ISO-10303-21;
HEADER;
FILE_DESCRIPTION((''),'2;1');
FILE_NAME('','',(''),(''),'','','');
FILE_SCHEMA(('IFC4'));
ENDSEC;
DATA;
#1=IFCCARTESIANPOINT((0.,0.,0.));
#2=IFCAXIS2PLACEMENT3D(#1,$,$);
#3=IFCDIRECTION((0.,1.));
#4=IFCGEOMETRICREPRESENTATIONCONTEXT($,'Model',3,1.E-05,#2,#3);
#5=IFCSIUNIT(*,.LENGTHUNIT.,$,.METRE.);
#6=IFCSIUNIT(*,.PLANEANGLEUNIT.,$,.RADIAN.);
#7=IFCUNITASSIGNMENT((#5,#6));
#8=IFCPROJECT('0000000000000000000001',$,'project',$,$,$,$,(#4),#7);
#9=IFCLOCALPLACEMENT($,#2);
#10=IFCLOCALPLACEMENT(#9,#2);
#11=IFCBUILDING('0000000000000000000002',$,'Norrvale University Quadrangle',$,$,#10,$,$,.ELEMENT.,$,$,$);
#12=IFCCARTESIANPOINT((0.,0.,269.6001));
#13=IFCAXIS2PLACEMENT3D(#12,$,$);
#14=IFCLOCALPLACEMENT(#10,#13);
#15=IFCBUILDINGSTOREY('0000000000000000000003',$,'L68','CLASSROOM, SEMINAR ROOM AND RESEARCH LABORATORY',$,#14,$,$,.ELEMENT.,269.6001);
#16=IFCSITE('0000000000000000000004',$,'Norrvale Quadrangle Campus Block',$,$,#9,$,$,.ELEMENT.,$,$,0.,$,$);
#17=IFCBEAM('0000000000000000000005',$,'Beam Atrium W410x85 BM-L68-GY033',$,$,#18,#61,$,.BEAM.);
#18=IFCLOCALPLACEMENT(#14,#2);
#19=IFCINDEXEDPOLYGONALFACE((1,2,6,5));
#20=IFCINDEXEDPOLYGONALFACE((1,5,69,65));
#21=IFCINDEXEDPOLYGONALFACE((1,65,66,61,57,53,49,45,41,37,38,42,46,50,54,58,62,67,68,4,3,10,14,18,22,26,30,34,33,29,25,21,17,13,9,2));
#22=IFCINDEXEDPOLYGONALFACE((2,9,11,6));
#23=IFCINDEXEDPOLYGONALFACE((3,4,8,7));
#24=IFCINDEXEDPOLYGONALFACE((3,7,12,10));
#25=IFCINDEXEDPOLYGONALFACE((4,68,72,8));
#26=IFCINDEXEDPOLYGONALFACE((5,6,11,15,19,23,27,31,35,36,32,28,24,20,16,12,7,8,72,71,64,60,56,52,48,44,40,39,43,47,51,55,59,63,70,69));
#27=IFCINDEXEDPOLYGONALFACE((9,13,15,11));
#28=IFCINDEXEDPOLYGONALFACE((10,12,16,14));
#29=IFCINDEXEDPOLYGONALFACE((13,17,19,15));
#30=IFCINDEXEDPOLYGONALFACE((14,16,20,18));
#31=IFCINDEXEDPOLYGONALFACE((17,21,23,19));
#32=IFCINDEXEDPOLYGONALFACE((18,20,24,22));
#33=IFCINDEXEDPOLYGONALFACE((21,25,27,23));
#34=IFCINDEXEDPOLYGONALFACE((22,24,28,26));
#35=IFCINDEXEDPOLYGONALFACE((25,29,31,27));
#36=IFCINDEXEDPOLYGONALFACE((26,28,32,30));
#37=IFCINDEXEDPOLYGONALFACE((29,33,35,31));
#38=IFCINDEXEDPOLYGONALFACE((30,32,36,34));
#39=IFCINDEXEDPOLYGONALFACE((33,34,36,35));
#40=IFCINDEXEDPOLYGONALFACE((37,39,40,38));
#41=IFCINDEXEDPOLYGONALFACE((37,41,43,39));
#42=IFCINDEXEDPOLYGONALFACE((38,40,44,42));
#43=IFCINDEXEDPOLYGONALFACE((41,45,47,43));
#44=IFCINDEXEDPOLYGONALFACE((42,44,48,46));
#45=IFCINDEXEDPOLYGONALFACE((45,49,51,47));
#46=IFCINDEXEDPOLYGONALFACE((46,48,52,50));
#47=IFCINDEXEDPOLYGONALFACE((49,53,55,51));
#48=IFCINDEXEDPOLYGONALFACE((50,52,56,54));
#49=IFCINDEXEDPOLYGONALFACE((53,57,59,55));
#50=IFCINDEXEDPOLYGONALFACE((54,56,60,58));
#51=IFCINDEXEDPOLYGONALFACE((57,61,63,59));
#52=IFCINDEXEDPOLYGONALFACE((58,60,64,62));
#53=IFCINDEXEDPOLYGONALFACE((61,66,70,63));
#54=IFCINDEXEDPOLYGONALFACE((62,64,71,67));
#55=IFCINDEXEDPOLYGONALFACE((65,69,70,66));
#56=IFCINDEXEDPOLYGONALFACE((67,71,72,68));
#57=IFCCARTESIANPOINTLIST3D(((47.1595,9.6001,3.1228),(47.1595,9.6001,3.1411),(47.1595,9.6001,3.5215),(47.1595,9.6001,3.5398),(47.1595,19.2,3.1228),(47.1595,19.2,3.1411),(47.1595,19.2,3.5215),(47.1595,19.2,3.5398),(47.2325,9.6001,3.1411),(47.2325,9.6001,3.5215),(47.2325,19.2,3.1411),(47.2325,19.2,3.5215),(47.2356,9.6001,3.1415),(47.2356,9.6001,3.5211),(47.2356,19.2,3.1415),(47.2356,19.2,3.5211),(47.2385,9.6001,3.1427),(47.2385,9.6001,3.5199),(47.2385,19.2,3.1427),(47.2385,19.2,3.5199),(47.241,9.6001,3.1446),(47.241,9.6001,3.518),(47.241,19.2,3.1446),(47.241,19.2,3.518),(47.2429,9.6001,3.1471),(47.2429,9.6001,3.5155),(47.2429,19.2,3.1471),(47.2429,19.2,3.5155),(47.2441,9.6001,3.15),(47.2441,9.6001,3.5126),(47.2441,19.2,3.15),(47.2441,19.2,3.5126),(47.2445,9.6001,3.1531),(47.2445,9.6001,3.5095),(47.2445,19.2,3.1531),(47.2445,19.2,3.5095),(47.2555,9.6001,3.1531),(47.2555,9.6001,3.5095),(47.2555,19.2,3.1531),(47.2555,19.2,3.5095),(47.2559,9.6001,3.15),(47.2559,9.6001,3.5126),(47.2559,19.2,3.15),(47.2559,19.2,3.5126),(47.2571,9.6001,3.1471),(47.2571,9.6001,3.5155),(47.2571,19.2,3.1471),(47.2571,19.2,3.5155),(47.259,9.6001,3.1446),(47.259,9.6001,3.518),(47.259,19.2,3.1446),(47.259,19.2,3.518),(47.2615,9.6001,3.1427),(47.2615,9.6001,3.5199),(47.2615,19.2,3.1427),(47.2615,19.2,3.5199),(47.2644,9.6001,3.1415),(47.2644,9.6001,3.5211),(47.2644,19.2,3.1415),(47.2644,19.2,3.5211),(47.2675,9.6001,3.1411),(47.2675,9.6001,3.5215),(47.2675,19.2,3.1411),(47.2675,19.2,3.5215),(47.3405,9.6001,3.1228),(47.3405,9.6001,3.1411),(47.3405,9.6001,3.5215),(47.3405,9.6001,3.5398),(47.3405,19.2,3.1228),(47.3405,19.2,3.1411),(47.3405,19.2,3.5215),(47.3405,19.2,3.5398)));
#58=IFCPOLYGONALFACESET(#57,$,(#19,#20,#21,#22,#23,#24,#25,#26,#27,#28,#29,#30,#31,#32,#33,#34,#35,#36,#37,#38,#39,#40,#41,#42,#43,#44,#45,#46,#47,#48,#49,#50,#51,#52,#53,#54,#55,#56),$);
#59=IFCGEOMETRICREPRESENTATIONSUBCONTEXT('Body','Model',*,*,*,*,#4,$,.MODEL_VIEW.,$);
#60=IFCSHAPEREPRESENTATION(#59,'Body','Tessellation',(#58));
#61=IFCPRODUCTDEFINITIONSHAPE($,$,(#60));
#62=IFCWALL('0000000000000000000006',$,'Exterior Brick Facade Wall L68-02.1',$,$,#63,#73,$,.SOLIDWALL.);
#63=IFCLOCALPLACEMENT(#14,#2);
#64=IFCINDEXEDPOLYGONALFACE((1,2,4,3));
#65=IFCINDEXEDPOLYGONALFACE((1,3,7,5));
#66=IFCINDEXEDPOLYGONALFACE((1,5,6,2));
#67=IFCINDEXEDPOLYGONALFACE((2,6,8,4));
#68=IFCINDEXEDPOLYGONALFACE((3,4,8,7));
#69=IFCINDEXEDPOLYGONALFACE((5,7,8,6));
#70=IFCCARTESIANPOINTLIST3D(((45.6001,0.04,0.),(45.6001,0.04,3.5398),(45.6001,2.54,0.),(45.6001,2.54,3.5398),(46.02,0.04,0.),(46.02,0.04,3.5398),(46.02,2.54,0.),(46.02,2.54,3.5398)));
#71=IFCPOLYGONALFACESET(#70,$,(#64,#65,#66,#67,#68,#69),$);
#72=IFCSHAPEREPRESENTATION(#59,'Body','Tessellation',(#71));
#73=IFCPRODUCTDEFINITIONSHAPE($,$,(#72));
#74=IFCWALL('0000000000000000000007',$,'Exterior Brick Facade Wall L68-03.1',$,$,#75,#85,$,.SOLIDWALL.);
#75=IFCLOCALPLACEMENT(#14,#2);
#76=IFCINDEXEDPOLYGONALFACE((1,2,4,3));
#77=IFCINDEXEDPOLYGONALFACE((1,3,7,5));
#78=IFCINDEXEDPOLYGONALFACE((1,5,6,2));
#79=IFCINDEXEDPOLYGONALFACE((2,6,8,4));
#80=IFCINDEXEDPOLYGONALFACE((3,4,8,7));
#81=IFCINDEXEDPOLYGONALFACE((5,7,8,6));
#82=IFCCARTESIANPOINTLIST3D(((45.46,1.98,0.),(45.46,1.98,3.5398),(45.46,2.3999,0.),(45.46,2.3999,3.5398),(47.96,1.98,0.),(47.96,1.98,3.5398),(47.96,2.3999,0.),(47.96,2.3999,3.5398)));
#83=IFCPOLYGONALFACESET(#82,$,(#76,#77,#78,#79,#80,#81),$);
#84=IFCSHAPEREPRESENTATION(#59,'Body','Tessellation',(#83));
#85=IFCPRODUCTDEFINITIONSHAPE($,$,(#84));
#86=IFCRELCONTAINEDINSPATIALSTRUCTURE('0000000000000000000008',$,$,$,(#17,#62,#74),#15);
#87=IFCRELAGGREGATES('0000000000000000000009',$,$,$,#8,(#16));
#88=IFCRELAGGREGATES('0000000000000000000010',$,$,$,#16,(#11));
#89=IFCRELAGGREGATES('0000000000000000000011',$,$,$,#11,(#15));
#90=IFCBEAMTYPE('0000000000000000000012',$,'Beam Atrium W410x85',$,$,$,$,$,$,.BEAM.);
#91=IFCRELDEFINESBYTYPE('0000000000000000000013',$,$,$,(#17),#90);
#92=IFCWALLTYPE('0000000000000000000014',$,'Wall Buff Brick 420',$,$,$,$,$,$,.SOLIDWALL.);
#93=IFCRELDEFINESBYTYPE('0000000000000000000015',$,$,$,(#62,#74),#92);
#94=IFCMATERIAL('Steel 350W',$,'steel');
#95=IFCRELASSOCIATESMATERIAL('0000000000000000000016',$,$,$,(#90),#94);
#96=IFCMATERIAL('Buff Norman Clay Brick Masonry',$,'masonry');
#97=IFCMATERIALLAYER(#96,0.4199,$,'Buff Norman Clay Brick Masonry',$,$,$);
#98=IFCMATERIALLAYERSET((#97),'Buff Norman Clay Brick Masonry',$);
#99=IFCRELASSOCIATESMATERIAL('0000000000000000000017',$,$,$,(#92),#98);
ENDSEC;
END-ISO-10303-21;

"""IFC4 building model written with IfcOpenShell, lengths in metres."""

from ifc_helpers import new_model, si_unit, direction, frame, frame_2d, origin, origin_2d, place, context, subcontext, project, spatial, rectangle, i_section, extrude, material, layer, layer_set, material_profile, profile_set, type_object, element, save


model = new_model("IFC4")

# Units and contexts
model_context = context("Model", 3, precision=1e-05, world=origin(), true_north=direction((0.0, 1.0)))
body_context = subcontext(model_context, "Body", "Model", "MODEL_VIEW")
ifc_project = project(units=[si_unit("LENGTHUNIT", "METRE"), si_unit("PLANEANGLEUNIT", "RADIAN")], contexts=[model_context])

# Site, building, storey
site_placement = place(None, origin())
site = spatial("IfcSite", under=ifc_project, at=site_placement, Name="Norrvale Quadrangle Campus Block", CompositionType="ELEMENT", RefElevation=0.0)
building_placement = place(site_placement, origin())
building = spatial("IfcBuilding", under=site, at=building_placement, Name="Norrvale University Quadrangle", CompositionType="ELEMENT")
storey_placement = place(building_placement, frame((0.0, 0.0, 269.6001)))
storey = spatial("IfcBuildingStorey", under=building, at=storey_placement, Name="L68", Description="CLASSROOM, SEMINAR ROOM AND RESEARCH LABORATORY", CompositionType="ELEMENT", Elevation=269.6001)

# Beam
ifc_material_1 = material(Name="Steel 350W", Category="steel")
ifc_material_profile_1 = material_profile(ifc_material_1, i_section(OverallWidth=0.1809, OverallDepth=0.417, WebThickness=0.011, FlangeThickness=0.0183, FilletRadius=0.012, at=origin_2d()), Name="Steel 350W")
ifc_profile_set_1 = profile_set([ifc_material_profile_1], Name="Steel 350W")
beam_type = type_object("IfcBeamType", Name="Beam Atrium W410x85", PredefinedType="BEAM", material=ifc_profile_set_1)
for number, where, z_axis, x_axis, name in (
    (1, (47.25, 9.6001, 3.3313), (0.0, 1.0, 0.0), (-1.0, 0.0, 0.0), "Beam Atrium W410x85 BM-L68-GY033"),
):
    element("IfcBeam", number, at=place(storey_placement, frame(where, z_axis=z_axis, x_axis=x_axis)), inside=storey, type_object=beam_type, Name=name, PredefinedType="BEAM", context=body_context, shape_type="SweptSolid", body=[
        extrude(i_section(OverallWidth=0.1809, OverallDepth=0.417, WebThickness=0.011, FlangeThickness=0.0183, FilletRadius=0.012, at=origin_2d()), origin(), (0.0, 0.0, 1.0), 9.5999),
    ])

# Walls
ifc_material_2 = material(Name="Buff Norman Clay Brick Masonry", Category="masonry")
ifc_layer_1 = layer(ifc_material_2, 0.4199, Name="Buff Norman Clay Brick Masonry")
ifc_layer_set_1 = layer_set([ifc_layer_1], Name="Buff Norman Clay Brick Masonry")
wall_type_1 = type_object("IfcWallType", Name="Wall Buff Brick 420", PredefinedType="SOLIDWALL", material=ifc_layer_set_1)
for number, where, z_axis, x_axis, name in (
    (2, (45.8101, 0.04, 0.0), (0.0, 0.0, 1.0), (0.0, 1.0, 0.0), "Exterior Brick Facade Wall L68-02.1"),
    (3, (45.46, 2.1899, 0.0), (0.0, 0.0, 1.0), (1.0, 0.0, 0.0), "Exterior Brick Facade Wall L68-03.1"),
):
    element("IfcWall", number, at=place(storey_placement, frame(where, z_axis=z_axis, x_axis=x_axis)), inside=storey, type_object=wall_type_1, Name=name, PredefinedType="SOLIDWALL", context=body_context, shape_type="SweptSolid", body=[
        extrude(rectangle(XDim=2.5, YDim=0.4199, at=frame_2d((1.25, 0.0))), origin(), (0.0, 0.0, 1.0), 3.5398),
    ])

save(model, "model.ifc")
